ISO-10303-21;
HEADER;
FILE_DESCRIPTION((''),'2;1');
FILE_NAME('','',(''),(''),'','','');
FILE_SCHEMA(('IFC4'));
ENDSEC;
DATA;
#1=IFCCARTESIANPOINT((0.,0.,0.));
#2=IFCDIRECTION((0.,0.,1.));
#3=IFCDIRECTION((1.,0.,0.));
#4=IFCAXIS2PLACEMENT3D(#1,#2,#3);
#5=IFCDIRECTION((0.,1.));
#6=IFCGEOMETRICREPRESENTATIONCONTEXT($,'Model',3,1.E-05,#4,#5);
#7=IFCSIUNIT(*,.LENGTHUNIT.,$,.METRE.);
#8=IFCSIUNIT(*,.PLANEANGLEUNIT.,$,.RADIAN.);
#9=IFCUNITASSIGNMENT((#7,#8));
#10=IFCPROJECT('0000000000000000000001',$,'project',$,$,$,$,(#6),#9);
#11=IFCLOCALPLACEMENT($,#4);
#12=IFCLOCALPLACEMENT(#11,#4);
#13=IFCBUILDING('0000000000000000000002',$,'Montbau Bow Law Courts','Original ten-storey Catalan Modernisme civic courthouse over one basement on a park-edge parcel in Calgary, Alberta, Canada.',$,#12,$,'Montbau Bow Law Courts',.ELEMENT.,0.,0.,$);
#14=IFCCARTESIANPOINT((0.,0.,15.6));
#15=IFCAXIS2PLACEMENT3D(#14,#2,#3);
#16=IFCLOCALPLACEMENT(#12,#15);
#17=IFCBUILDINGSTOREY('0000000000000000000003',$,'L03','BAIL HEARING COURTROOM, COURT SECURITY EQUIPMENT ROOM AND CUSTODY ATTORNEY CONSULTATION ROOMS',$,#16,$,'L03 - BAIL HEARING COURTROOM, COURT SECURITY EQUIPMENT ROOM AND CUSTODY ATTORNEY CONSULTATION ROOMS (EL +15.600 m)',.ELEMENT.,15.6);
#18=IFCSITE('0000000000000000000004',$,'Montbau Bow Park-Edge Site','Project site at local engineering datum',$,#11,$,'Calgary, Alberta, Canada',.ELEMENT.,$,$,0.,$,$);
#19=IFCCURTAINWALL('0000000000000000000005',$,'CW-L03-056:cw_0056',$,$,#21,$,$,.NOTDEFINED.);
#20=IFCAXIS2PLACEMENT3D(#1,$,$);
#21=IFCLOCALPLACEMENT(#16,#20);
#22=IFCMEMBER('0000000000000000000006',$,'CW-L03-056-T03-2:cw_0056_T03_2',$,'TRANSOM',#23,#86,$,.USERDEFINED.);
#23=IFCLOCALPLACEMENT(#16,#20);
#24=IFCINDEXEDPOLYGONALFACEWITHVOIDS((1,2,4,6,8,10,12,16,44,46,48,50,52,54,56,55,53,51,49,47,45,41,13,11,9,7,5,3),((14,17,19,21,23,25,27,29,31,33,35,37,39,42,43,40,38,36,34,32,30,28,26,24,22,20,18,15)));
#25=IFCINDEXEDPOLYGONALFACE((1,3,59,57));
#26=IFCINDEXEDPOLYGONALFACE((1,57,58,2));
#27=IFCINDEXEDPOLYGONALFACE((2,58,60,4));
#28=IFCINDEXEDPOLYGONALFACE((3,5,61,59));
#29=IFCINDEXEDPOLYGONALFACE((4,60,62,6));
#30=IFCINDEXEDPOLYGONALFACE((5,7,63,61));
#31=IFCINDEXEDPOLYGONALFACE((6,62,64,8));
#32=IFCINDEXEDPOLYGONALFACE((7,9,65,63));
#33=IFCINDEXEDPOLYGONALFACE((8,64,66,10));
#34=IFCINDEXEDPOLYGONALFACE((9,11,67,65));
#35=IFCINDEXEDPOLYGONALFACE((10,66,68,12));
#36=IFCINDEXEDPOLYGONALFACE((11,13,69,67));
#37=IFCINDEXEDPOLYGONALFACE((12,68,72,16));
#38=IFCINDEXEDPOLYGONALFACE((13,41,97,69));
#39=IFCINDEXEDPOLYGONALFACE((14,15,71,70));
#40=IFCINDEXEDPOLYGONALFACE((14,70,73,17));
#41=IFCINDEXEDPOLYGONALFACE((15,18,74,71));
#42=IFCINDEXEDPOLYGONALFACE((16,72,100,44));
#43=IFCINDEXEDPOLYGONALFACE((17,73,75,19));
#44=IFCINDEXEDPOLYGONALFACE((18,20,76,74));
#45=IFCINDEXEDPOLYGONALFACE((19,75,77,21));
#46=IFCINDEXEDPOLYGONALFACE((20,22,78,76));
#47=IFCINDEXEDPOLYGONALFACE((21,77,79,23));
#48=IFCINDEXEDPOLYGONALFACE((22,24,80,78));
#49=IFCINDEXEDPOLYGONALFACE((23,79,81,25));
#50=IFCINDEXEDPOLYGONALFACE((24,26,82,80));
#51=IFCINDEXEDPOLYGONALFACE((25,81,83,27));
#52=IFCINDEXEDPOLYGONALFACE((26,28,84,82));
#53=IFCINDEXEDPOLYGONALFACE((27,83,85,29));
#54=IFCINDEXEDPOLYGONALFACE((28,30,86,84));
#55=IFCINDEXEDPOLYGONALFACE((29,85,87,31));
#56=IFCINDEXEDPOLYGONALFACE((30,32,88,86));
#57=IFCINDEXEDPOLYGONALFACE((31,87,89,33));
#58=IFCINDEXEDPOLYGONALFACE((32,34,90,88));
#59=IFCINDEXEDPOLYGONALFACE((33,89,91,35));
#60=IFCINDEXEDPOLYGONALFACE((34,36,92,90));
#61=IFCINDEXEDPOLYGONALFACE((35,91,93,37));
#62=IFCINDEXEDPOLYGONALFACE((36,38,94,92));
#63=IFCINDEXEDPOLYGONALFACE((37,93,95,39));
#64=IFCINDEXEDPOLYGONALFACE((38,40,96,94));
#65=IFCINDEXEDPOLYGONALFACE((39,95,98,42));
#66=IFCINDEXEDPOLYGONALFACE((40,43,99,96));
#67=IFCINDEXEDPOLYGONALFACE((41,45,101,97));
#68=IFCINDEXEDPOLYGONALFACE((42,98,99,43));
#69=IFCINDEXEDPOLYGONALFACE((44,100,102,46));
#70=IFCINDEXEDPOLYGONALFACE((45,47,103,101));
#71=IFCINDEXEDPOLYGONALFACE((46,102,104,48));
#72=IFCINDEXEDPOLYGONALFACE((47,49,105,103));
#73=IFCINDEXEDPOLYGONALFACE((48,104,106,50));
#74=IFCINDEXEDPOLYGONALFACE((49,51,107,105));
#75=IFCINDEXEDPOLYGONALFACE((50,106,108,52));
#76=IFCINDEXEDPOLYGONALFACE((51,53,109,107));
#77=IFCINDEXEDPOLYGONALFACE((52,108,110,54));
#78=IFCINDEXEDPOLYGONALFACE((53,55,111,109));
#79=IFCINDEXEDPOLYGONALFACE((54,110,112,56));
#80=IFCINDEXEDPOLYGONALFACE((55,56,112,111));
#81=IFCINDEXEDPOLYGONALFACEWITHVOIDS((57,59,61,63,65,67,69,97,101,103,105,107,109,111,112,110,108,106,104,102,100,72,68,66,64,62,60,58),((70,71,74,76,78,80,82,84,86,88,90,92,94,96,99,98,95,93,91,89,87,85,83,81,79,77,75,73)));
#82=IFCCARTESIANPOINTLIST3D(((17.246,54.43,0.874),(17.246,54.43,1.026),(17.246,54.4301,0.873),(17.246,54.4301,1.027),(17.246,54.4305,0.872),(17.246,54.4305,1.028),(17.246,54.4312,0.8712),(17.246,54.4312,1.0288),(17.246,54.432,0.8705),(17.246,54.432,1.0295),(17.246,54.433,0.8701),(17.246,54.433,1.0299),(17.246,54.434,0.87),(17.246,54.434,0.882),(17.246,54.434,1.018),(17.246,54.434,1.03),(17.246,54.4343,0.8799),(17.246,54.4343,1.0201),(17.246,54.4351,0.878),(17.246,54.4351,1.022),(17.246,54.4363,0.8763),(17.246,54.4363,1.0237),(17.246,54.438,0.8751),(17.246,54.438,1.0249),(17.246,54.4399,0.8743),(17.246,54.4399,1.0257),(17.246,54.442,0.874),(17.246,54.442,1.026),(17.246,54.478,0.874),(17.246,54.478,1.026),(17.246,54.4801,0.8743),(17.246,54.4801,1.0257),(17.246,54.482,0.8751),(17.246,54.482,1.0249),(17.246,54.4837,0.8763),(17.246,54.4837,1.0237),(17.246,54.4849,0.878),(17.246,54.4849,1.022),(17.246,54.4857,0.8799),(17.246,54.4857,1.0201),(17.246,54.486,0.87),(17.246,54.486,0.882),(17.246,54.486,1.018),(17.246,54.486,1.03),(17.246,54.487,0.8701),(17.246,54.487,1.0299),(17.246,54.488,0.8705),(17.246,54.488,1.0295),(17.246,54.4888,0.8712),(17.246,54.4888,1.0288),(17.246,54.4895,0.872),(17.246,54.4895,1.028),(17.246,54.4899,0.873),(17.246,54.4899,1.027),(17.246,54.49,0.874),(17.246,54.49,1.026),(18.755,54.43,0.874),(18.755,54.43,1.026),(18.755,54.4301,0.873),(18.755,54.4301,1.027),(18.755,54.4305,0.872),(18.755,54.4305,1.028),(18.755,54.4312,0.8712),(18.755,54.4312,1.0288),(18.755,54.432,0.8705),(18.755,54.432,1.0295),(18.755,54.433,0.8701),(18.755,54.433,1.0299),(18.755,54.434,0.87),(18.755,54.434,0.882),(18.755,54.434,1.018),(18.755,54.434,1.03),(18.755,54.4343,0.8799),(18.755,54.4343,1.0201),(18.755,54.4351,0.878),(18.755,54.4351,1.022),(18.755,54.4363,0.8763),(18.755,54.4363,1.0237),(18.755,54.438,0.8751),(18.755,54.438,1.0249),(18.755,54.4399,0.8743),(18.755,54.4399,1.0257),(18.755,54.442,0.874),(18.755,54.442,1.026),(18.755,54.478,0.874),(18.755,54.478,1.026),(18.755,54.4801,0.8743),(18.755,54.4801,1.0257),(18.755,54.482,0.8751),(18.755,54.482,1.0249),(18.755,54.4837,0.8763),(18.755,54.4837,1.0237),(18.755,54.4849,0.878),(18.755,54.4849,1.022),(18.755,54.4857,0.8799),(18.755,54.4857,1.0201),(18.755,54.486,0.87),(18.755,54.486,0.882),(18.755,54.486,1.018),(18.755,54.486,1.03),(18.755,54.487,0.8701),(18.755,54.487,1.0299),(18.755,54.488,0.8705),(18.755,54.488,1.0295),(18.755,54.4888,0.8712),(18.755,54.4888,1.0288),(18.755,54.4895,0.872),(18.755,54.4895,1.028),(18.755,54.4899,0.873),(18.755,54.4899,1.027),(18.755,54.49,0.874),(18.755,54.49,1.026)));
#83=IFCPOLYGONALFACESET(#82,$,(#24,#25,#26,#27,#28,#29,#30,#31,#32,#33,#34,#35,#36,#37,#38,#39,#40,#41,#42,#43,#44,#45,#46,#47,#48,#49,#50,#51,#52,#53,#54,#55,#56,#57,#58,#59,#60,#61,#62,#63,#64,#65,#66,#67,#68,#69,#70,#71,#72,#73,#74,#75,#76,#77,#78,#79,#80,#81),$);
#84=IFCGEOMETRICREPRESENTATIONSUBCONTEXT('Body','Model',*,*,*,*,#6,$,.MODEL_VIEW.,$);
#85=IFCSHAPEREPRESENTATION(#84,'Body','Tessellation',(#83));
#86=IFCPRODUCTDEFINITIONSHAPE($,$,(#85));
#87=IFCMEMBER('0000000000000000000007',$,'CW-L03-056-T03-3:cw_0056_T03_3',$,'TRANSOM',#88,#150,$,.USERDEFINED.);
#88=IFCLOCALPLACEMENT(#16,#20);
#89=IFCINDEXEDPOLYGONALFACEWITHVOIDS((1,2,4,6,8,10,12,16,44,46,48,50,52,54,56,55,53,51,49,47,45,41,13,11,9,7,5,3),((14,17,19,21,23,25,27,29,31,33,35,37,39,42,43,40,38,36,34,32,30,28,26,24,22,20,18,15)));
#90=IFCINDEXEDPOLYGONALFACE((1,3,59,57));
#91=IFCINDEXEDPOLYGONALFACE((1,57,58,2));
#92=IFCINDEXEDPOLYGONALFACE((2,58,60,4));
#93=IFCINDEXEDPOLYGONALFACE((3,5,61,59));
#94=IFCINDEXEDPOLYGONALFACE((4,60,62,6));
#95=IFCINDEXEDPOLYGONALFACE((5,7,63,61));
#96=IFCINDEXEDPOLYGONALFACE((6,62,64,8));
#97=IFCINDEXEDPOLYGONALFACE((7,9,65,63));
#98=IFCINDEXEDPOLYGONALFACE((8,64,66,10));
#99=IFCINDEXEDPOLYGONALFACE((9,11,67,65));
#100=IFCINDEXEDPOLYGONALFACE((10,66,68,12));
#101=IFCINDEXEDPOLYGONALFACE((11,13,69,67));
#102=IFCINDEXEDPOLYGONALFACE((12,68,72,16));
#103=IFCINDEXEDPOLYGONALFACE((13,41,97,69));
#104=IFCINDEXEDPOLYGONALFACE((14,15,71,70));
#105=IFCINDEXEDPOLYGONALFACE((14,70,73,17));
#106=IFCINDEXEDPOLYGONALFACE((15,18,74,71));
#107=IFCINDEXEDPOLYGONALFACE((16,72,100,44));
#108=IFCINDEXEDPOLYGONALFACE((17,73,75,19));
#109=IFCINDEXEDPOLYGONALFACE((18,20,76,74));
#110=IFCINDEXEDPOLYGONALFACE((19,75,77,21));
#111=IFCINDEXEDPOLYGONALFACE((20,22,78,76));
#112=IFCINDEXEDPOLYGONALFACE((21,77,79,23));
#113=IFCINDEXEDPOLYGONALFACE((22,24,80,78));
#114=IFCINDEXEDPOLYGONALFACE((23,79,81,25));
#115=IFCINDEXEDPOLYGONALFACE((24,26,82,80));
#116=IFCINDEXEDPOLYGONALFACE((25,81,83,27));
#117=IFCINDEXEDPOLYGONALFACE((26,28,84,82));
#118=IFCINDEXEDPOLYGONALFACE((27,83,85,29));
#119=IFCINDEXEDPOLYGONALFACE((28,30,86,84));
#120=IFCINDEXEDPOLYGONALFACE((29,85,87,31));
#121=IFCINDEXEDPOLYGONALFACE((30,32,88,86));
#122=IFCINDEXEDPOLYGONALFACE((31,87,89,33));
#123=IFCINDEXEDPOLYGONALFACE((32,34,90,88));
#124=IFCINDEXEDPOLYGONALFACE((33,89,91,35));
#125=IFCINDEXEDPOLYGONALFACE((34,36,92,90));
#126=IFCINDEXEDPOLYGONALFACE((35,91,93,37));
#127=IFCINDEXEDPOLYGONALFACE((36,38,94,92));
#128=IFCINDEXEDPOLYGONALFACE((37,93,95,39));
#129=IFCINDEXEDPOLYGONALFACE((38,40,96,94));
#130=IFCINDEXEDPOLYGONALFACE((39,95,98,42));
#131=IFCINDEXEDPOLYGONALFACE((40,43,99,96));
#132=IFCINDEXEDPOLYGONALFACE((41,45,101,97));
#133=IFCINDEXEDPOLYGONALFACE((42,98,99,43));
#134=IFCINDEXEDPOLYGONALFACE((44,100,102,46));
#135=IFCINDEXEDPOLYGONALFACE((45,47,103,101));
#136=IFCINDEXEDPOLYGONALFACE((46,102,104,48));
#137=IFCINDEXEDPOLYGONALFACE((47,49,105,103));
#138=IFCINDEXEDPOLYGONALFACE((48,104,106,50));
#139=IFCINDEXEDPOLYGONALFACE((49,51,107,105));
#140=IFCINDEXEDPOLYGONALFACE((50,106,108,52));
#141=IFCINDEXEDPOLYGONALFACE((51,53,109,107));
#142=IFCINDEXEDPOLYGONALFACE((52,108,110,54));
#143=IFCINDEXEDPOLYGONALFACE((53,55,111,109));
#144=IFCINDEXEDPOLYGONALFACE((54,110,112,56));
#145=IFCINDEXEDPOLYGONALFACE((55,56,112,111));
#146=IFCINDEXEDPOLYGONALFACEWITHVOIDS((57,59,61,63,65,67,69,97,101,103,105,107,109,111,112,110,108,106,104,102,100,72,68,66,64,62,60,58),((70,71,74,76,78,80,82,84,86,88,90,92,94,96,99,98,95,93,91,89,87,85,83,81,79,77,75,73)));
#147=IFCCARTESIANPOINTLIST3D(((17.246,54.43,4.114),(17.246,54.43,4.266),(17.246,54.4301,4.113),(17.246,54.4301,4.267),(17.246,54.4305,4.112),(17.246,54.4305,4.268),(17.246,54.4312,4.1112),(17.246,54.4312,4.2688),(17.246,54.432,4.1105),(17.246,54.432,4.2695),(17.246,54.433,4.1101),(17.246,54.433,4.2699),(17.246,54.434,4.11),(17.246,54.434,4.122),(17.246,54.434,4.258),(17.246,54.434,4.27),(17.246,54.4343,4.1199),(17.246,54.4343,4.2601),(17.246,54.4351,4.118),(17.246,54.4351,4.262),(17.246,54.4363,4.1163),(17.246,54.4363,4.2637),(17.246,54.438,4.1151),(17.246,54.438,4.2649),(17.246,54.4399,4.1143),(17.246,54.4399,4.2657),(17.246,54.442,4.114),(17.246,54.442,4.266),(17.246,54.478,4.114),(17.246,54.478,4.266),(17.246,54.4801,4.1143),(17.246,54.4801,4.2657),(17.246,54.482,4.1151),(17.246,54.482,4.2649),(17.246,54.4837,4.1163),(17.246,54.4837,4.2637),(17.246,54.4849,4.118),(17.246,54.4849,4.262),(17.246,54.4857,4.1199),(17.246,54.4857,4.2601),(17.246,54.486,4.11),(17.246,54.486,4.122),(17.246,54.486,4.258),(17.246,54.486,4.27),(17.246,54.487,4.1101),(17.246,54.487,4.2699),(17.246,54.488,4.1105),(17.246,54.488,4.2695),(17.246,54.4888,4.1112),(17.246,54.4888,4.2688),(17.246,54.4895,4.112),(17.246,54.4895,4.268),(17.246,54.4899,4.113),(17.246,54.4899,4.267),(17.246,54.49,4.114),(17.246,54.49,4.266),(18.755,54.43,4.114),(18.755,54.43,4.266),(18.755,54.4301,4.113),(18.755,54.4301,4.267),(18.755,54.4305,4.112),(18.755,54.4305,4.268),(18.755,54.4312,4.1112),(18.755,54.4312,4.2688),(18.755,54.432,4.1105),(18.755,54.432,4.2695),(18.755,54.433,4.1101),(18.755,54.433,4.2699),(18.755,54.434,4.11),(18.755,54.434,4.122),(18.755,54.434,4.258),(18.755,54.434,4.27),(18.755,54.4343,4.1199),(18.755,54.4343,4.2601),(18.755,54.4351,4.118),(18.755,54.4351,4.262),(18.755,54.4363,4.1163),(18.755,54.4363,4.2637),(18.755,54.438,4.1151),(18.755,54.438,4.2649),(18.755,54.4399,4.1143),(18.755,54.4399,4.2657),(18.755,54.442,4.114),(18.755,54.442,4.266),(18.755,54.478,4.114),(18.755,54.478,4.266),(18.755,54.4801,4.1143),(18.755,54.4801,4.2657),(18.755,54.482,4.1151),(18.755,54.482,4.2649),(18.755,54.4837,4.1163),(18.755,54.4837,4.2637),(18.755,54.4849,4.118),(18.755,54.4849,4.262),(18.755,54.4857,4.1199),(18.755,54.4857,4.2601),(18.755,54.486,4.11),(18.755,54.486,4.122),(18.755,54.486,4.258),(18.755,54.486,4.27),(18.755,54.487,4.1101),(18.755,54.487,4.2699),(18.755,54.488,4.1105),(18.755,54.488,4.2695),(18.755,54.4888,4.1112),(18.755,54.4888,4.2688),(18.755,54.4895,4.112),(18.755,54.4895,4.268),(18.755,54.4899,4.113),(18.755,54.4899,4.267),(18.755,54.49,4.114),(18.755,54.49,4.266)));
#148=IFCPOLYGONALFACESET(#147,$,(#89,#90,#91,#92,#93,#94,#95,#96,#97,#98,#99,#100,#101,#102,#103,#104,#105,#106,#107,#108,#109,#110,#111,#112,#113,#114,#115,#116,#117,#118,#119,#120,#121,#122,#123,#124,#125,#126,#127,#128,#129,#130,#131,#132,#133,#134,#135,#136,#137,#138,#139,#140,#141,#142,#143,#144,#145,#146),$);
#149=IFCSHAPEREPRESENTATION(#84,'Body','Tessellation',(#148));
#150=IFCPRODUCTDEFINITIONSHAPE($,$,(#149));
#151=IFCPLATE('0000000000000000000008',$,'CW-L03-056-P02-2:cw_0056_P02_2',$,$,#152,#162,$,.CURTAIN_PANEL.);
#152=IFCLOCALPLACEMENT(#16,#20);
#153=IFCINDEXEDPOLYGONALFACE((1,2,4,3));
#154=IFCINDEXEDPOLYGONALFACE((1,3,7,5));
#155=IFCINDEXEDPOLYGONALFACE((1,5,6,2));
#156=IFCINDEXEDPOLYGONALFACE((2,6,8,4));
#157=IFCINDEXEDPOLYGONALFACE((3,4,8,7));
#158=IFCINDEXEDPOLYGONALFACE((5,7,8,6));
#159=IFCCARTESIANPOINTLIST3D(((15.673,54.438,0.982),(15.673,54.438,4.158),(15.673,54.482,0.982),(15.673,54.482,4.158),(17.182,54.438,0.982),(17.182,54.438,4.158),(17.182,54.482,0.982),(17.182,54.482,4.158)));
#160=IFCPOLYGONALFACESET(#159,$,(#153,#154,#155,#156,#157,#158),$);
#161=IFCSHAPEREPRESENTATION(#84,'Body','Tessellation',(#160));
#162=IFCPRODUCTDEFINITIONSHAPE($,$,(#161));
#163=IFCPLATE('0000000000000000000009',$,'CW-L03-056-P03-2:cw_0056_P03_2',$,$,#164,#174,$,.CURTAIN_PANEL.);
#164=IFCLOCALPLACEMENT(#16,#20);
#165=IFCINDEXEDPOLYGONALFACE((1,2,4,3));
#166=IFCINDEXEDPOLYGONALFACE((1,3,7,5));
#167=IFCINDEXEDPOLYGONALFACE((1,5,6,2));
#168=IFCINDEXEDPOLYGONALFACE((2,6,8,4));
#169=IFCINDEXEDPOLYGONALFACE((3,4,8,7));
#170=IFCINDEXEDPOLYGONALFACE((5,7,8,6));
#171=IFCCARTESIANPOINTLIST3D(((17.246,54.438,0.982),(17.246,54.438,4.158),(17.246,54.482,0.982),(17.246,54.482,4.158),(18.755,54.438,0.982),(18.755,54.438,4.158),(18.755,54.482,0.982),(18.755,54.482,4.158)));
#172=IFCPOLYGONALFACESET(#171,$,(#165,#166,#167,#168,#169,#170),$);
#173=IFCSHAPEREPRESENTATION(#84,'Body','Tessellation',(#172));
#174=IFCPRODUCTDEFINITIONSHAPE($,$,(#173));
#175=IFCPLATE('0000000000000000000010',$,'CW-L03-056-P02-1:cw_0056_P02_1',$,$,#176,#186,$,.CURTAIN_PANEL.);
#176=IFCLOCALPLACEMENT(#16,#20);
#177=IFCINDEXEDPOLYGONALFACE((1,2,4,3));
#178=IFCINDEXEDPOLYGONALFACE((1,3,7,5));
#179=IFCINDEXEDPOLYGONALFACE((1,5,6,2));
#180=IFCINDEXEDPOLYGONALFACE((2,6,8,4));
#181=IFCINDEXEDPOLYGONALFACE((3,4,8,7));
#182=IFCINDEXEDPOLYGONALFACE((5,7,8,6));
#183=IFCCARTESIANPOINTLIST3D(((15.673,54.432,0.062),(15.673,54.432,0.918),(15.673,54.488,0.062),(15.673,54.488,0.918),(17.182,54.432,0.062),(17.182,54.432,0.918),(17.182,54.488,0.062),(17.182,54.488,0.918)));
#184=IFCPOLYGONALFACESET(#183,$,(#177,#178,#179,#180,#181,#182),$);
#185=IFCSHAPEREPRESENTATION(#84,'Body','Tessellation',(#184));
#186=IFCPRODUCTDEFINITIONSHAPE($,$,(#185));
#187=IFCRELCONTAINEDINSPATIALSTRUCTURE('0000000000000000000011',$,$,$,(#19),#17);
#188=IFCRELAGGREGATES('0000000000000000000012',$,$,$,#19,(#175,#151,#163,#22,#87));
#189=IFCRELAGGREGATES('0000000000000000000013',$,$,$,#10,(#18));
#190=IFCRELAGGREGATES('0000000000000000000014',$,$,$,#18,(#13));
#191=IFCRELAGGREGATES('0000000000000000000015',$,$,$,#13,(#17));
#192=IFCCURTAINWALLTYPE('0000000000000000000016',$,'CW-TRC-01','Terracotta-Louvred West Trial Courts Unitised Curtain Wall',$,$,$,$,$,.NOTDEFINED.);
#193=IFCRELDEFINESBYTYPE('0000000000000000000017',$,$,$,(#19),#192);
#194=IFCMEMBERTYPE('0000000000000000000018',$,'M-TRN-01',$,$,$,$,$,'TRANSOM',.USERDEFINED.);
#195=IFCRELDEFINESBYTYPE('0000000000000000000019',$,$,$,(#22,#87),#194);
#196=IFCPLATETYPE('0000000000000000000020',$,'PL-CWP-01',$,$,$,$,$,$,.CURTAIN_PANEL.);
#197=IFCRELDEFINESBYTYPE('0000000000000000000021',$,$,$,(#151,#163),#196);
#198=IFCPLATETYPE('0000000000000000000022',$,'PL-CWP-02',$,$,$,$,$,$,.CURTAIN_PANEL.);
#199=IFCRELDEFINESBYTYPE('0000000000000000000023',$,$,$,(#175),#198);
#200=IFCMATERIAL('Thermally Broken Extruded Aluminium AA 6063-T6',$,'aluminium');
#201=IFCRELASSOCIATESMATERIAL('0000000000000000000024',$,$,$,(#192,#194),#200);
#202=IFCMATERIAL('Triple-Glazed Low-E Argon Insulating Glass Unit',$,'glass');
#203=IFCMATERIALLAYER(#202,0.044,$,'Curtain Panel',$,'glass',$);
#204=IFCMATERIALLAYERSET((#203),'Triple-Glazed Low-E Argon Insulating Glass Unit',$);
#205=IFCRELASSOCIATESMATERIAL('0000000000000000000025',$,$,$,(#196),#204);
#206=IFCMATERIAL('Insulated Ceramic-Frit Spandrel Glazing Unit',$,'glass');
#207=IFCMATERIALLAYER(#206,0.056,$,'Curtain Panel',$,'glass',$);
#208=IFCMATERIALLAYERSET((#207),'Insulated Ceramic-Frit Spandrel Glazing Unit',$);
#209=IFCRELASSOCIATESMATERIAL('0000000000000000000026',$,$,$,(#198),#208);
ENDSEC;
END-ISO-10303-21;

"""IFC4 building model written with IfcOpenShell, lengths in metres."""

from ifc_helpers import new_model, si_unit, direction, frame, frame_2d, origin_with_axes, origin_2d_with_axis, place, context, subcontext, project, spatial, rectangle, hollow_rectangle, extrude, material, layer, layer_set, material_profile, profile_set, type_object, element, aggregate, save


model = new_model("IFC4")

# Units and contexts
model_context = context("Model", 3, precision=1e-05, world=origin_with_axes(), true_north=direction((0.0, 1.0)))
body_context = subcontext(model_context, "Body", "Model", "MODEL_VIEW")
ifc_project = project(units=[si_unit("LENGTHUNIT", "METRE"), si_unit("PLANEANGLEUNIT", "RADIAN")], contexts=[model_context])

# Site, building, storey
site_placement = place(None, origin_with_axes())
site = spatial("IfcSite", under=ifc_project, at=site_placement, Name="Montbau Bow Park-Edge Site", Description="Project site at local engineering datum", LongName="Calgary, Alberta, Canada", CompositionType="ELEMENT", RefElevation=0.0)
building_placement = place(site_placement, origin_with_axes())
building = spatial("IfcBuilding", under=site, at=building_placement, Name="Montbau Bow Law Courts", Description="Original ten-storey Catalan Modernisme civic courthouse over one basement on a park-edge parcel in Calgary, Alberta, Canada.", LongName="Montbau Bow Law Courts", CompositionType="ELEMENT", ElevationOfRefHeight=0.0, ElevationOfTerrain=0.0)
storey_placement = place(building_placement, frame((0.0, 0.0, 15.6), z_axis=(0.0, 0.0, 1.0), x_axis=(1.0, 0.0, 0.0)))
storey = spatial("IfcBuildingStorey", under=building, at=storey_placement, Name="L03", Description="BAIL HEARING COURTROOM, COURT SECURITY EQUIPMENT ROOM AND CUSTODY ATTORNEY CONSULTATION ROOMS", LongName="L03 - BAIL HEARING COURTROOM, COURT SECURITY EQUIPMENT ROOM AND CUSTODY ATTORNEY CONSULTATION ROOMS (EL +15.600 m)", CompositionType="ELEMENT", Elevation=15.6)

# Curtain wall, members, plates
ifc_material_1 = material(Name="Thermally Broken Extruded Aluminium AA 6063-T6", Category="aluminium")
curtain_wall_type = type_object("IfcCurtainWallType", Name="CW-TRC-01", Description="Terracotta-Louvred West Trial Courts Unitised Curtain Wall", PredefinedType="NOTDEFINED", material=ifc_material_1)
curtain_wall_placement = place(None, frame((14.068, 54.46, 15.6), z_axis=(0.0, 0.0, 1.0), x_axis=(1.0, 0.0, 0.0)))
curtain_wall = element("IfcCurtainWall", 1, at=curtain_wall_placement, inside=storey, type_object=curtain_wall_type, Name="CW-L03-056:cw_0056", PredefinedType="NOTDEFINED")
ifc_material_profile_1 = material_profile(ifc_material_1, hollow_rectangle(XDim=0.06, YDim=0.16, WallThickness=0.004, InnerFilletRadius=0.008, OuterFilletRadius=0.004, at=origin_2d_with_axis()), Name="CWT-160X60", Category="Main", Priority=0)
ifc_profile_set_1 = profile_set([ifc_material_profile_1], Name="Thermally Broken Extruded Aluminium AA 6063-T6")
member_type_1 = type_object("IfcMemberType", Name="M-TRN-01", ElementType="TRANSOM", PredefinedType="USERDEFINED", material=ifc_profile_set_1)
member_1_placement = place(None, frame((17.246, 54.46, 16.55), z_axis=(1.0, 0.0, 0.0), x_axis=(0.0, 1.0, 0.0)))
member_1 = element("IfcMember", 2, at=member_1_placement, type_object=member_type_1, Name="CW-L03-056-T03-2:cw_0056_T03_2", ObjectType="TRANSOM", PredefinedType="USERDEFINED", context=body_context, shape_type="SweptSolid", body=[
    extrude(hollow_rectangle(XDim=0.06, YDim=0.16, WallThickness=0.004, InnerFilletRadius=0.008, OuterFilletRadius=0.004, at=origin_2d_with_axis()), origin_with_axes(), (0.0, 0.0, 1.0), 1.509),
])
member_2_placement = place(None, frame((17.246, 54.46, 19.79), z_axis=(1.0, 0.0, 0.0), x_axis=(0.0, 1.0, 0.0)))
member_2 = element("IfcMember", 3, at=member_2_placement, type_object=member_type_1, Name="CW-L03-056-T03-3:cw_0056_T03_3", ObjectType="TRANSOM", PredefinedType="USERDEFINED", context=body_context, shape_type="SweptSolid", body=[
    extrude(hollow_rectangle(XDim=0.06, YDim=0.16, WallThickness=0.004, InnerFilletRadius=0.008, OuterFilletRadius=0.004, at=origin_2d_with_axis()), origin_with_axes(), (0.0, 0.0, 1.0), 1.509),
])
ifc_material_2 = material(Name="Triple-Glazed Low-E Argon Insulating Glass Unit", Category="glass")
ifc_layer_1 = layer(ifc_material_2, 0.044, Name="Curtain Panel", Category="glass")
ifc_layer_set_1 = layer_set([ifc_layer_1], Name="Triple-Glazed Low-E Argon Insulating Glass Unit")
plate_type_1 = type_object("IfcPlateType", Name="PL-CWP-01", PredefinedType="CURTAIN_PANEL", material=ifc_layer_set_1)
plate_1_placement = place(None, frame((15.673, 54.46, 16.582), z_axis=(0.0, -1.0, 0.0), x_axis=(1.0, 0.0, 0.0)))
plate_1 = element("IfcPlate", 4, at=plate_1_placement, type_object=plate_type_1, Name="CW-L03-056-P02-2:cw_0056_P02_2", PredefinedType="CURTAIN_PANEL", context=body_context, shape_type="SweptSolid", body=[
    extrude(rectangle(XDim=1.509, YDim=3.176, at=frame_2d((0.7545, 1.588), x_axis=(1.0, 0.0))), frame((0.0, 0.0, -0.022), z_axis=(0.0, 0.0, 1.0), x_axis=(1.0, 0.0, 0.0)), (0.0, 0.0, 1.0), 0.044),
])
plate_2_placement = place(None, frame((17.246, 54.46, 16.582), z_axis=(0.0, -1.0, 0.0), x_axis=(1.0, 0.0, 0.0)))
plate_2 = element("IfcPlate", 5, at=plate_2_placement, type_object=plate_type_1, Name="CW-L03-056-P03-2:cw_0056_P03_2", PredefinedType="CURTAIN_PANEL", context=body_context, shape_type="SweptSolid", body=[
    extrude(rectangle(XDim=1.509, YDim=3.176, at=frame_2d((0.7545, 1.588), x_axis=(1.0, 0.0))), frame((0.0, 0.0, -0.022), z_axis=(0.0, 0.0, 1.0), x_axis=(1.0, 0.0, 0.0)), (0.0, 0.0, 1.0), 0.044),
])
ifc_material_3 = material(Name="Insulated Ceramic-Frit Spandrel Glazing Unit", Category="glass")
ifc_layer_2 = layer(ifc_material_3, 0.056, Name="Curtain Panel", Category="glass")
ifc_layer_set_2 = layer_set([ifc_layer_2], Name="Insulated Ceramic-Frit Spandrel Glazing Unit")
plate_type_2 = type_object("IfcPlateType", Name="PL-CWP-02", PredefinedType="CURTAIN_PANEL", material=ifc_layer_set_2)
plate_3_placement = place(None, frame((15.673, 54.46, 15.662), z_axis=(0.0, -1.0, 0.0), x_axis=(1.0, 0.0, 0.0)))
plate_3 = element("IfcPlate", 6, at=plate_3_placement, type_object=plate_type_2, Name="CW-L03-056-P02-1:cw_0056_P02_1", PredefinedType="CURTAIN_PANEL", context=body_context, shape_type="SweptSolid", body=[
    extrude(rectangle(XDim=1.509, YDim=0.856, at=frame_2d((0.7545, 0.428), x_axis=(1.0, 0.0))), frame((0.0, 0.0, -0.028), z_axis=(0.0, 0.0, 1.0), x_axis=(1.0, 0.0, 0.0)), (0.0, 0.0, 1.0), 0.056),
])
aggregate(curtain_wall, [plate_3, plate_1, plate_2, member_1, member_2])

save(model, "model.ifc")
